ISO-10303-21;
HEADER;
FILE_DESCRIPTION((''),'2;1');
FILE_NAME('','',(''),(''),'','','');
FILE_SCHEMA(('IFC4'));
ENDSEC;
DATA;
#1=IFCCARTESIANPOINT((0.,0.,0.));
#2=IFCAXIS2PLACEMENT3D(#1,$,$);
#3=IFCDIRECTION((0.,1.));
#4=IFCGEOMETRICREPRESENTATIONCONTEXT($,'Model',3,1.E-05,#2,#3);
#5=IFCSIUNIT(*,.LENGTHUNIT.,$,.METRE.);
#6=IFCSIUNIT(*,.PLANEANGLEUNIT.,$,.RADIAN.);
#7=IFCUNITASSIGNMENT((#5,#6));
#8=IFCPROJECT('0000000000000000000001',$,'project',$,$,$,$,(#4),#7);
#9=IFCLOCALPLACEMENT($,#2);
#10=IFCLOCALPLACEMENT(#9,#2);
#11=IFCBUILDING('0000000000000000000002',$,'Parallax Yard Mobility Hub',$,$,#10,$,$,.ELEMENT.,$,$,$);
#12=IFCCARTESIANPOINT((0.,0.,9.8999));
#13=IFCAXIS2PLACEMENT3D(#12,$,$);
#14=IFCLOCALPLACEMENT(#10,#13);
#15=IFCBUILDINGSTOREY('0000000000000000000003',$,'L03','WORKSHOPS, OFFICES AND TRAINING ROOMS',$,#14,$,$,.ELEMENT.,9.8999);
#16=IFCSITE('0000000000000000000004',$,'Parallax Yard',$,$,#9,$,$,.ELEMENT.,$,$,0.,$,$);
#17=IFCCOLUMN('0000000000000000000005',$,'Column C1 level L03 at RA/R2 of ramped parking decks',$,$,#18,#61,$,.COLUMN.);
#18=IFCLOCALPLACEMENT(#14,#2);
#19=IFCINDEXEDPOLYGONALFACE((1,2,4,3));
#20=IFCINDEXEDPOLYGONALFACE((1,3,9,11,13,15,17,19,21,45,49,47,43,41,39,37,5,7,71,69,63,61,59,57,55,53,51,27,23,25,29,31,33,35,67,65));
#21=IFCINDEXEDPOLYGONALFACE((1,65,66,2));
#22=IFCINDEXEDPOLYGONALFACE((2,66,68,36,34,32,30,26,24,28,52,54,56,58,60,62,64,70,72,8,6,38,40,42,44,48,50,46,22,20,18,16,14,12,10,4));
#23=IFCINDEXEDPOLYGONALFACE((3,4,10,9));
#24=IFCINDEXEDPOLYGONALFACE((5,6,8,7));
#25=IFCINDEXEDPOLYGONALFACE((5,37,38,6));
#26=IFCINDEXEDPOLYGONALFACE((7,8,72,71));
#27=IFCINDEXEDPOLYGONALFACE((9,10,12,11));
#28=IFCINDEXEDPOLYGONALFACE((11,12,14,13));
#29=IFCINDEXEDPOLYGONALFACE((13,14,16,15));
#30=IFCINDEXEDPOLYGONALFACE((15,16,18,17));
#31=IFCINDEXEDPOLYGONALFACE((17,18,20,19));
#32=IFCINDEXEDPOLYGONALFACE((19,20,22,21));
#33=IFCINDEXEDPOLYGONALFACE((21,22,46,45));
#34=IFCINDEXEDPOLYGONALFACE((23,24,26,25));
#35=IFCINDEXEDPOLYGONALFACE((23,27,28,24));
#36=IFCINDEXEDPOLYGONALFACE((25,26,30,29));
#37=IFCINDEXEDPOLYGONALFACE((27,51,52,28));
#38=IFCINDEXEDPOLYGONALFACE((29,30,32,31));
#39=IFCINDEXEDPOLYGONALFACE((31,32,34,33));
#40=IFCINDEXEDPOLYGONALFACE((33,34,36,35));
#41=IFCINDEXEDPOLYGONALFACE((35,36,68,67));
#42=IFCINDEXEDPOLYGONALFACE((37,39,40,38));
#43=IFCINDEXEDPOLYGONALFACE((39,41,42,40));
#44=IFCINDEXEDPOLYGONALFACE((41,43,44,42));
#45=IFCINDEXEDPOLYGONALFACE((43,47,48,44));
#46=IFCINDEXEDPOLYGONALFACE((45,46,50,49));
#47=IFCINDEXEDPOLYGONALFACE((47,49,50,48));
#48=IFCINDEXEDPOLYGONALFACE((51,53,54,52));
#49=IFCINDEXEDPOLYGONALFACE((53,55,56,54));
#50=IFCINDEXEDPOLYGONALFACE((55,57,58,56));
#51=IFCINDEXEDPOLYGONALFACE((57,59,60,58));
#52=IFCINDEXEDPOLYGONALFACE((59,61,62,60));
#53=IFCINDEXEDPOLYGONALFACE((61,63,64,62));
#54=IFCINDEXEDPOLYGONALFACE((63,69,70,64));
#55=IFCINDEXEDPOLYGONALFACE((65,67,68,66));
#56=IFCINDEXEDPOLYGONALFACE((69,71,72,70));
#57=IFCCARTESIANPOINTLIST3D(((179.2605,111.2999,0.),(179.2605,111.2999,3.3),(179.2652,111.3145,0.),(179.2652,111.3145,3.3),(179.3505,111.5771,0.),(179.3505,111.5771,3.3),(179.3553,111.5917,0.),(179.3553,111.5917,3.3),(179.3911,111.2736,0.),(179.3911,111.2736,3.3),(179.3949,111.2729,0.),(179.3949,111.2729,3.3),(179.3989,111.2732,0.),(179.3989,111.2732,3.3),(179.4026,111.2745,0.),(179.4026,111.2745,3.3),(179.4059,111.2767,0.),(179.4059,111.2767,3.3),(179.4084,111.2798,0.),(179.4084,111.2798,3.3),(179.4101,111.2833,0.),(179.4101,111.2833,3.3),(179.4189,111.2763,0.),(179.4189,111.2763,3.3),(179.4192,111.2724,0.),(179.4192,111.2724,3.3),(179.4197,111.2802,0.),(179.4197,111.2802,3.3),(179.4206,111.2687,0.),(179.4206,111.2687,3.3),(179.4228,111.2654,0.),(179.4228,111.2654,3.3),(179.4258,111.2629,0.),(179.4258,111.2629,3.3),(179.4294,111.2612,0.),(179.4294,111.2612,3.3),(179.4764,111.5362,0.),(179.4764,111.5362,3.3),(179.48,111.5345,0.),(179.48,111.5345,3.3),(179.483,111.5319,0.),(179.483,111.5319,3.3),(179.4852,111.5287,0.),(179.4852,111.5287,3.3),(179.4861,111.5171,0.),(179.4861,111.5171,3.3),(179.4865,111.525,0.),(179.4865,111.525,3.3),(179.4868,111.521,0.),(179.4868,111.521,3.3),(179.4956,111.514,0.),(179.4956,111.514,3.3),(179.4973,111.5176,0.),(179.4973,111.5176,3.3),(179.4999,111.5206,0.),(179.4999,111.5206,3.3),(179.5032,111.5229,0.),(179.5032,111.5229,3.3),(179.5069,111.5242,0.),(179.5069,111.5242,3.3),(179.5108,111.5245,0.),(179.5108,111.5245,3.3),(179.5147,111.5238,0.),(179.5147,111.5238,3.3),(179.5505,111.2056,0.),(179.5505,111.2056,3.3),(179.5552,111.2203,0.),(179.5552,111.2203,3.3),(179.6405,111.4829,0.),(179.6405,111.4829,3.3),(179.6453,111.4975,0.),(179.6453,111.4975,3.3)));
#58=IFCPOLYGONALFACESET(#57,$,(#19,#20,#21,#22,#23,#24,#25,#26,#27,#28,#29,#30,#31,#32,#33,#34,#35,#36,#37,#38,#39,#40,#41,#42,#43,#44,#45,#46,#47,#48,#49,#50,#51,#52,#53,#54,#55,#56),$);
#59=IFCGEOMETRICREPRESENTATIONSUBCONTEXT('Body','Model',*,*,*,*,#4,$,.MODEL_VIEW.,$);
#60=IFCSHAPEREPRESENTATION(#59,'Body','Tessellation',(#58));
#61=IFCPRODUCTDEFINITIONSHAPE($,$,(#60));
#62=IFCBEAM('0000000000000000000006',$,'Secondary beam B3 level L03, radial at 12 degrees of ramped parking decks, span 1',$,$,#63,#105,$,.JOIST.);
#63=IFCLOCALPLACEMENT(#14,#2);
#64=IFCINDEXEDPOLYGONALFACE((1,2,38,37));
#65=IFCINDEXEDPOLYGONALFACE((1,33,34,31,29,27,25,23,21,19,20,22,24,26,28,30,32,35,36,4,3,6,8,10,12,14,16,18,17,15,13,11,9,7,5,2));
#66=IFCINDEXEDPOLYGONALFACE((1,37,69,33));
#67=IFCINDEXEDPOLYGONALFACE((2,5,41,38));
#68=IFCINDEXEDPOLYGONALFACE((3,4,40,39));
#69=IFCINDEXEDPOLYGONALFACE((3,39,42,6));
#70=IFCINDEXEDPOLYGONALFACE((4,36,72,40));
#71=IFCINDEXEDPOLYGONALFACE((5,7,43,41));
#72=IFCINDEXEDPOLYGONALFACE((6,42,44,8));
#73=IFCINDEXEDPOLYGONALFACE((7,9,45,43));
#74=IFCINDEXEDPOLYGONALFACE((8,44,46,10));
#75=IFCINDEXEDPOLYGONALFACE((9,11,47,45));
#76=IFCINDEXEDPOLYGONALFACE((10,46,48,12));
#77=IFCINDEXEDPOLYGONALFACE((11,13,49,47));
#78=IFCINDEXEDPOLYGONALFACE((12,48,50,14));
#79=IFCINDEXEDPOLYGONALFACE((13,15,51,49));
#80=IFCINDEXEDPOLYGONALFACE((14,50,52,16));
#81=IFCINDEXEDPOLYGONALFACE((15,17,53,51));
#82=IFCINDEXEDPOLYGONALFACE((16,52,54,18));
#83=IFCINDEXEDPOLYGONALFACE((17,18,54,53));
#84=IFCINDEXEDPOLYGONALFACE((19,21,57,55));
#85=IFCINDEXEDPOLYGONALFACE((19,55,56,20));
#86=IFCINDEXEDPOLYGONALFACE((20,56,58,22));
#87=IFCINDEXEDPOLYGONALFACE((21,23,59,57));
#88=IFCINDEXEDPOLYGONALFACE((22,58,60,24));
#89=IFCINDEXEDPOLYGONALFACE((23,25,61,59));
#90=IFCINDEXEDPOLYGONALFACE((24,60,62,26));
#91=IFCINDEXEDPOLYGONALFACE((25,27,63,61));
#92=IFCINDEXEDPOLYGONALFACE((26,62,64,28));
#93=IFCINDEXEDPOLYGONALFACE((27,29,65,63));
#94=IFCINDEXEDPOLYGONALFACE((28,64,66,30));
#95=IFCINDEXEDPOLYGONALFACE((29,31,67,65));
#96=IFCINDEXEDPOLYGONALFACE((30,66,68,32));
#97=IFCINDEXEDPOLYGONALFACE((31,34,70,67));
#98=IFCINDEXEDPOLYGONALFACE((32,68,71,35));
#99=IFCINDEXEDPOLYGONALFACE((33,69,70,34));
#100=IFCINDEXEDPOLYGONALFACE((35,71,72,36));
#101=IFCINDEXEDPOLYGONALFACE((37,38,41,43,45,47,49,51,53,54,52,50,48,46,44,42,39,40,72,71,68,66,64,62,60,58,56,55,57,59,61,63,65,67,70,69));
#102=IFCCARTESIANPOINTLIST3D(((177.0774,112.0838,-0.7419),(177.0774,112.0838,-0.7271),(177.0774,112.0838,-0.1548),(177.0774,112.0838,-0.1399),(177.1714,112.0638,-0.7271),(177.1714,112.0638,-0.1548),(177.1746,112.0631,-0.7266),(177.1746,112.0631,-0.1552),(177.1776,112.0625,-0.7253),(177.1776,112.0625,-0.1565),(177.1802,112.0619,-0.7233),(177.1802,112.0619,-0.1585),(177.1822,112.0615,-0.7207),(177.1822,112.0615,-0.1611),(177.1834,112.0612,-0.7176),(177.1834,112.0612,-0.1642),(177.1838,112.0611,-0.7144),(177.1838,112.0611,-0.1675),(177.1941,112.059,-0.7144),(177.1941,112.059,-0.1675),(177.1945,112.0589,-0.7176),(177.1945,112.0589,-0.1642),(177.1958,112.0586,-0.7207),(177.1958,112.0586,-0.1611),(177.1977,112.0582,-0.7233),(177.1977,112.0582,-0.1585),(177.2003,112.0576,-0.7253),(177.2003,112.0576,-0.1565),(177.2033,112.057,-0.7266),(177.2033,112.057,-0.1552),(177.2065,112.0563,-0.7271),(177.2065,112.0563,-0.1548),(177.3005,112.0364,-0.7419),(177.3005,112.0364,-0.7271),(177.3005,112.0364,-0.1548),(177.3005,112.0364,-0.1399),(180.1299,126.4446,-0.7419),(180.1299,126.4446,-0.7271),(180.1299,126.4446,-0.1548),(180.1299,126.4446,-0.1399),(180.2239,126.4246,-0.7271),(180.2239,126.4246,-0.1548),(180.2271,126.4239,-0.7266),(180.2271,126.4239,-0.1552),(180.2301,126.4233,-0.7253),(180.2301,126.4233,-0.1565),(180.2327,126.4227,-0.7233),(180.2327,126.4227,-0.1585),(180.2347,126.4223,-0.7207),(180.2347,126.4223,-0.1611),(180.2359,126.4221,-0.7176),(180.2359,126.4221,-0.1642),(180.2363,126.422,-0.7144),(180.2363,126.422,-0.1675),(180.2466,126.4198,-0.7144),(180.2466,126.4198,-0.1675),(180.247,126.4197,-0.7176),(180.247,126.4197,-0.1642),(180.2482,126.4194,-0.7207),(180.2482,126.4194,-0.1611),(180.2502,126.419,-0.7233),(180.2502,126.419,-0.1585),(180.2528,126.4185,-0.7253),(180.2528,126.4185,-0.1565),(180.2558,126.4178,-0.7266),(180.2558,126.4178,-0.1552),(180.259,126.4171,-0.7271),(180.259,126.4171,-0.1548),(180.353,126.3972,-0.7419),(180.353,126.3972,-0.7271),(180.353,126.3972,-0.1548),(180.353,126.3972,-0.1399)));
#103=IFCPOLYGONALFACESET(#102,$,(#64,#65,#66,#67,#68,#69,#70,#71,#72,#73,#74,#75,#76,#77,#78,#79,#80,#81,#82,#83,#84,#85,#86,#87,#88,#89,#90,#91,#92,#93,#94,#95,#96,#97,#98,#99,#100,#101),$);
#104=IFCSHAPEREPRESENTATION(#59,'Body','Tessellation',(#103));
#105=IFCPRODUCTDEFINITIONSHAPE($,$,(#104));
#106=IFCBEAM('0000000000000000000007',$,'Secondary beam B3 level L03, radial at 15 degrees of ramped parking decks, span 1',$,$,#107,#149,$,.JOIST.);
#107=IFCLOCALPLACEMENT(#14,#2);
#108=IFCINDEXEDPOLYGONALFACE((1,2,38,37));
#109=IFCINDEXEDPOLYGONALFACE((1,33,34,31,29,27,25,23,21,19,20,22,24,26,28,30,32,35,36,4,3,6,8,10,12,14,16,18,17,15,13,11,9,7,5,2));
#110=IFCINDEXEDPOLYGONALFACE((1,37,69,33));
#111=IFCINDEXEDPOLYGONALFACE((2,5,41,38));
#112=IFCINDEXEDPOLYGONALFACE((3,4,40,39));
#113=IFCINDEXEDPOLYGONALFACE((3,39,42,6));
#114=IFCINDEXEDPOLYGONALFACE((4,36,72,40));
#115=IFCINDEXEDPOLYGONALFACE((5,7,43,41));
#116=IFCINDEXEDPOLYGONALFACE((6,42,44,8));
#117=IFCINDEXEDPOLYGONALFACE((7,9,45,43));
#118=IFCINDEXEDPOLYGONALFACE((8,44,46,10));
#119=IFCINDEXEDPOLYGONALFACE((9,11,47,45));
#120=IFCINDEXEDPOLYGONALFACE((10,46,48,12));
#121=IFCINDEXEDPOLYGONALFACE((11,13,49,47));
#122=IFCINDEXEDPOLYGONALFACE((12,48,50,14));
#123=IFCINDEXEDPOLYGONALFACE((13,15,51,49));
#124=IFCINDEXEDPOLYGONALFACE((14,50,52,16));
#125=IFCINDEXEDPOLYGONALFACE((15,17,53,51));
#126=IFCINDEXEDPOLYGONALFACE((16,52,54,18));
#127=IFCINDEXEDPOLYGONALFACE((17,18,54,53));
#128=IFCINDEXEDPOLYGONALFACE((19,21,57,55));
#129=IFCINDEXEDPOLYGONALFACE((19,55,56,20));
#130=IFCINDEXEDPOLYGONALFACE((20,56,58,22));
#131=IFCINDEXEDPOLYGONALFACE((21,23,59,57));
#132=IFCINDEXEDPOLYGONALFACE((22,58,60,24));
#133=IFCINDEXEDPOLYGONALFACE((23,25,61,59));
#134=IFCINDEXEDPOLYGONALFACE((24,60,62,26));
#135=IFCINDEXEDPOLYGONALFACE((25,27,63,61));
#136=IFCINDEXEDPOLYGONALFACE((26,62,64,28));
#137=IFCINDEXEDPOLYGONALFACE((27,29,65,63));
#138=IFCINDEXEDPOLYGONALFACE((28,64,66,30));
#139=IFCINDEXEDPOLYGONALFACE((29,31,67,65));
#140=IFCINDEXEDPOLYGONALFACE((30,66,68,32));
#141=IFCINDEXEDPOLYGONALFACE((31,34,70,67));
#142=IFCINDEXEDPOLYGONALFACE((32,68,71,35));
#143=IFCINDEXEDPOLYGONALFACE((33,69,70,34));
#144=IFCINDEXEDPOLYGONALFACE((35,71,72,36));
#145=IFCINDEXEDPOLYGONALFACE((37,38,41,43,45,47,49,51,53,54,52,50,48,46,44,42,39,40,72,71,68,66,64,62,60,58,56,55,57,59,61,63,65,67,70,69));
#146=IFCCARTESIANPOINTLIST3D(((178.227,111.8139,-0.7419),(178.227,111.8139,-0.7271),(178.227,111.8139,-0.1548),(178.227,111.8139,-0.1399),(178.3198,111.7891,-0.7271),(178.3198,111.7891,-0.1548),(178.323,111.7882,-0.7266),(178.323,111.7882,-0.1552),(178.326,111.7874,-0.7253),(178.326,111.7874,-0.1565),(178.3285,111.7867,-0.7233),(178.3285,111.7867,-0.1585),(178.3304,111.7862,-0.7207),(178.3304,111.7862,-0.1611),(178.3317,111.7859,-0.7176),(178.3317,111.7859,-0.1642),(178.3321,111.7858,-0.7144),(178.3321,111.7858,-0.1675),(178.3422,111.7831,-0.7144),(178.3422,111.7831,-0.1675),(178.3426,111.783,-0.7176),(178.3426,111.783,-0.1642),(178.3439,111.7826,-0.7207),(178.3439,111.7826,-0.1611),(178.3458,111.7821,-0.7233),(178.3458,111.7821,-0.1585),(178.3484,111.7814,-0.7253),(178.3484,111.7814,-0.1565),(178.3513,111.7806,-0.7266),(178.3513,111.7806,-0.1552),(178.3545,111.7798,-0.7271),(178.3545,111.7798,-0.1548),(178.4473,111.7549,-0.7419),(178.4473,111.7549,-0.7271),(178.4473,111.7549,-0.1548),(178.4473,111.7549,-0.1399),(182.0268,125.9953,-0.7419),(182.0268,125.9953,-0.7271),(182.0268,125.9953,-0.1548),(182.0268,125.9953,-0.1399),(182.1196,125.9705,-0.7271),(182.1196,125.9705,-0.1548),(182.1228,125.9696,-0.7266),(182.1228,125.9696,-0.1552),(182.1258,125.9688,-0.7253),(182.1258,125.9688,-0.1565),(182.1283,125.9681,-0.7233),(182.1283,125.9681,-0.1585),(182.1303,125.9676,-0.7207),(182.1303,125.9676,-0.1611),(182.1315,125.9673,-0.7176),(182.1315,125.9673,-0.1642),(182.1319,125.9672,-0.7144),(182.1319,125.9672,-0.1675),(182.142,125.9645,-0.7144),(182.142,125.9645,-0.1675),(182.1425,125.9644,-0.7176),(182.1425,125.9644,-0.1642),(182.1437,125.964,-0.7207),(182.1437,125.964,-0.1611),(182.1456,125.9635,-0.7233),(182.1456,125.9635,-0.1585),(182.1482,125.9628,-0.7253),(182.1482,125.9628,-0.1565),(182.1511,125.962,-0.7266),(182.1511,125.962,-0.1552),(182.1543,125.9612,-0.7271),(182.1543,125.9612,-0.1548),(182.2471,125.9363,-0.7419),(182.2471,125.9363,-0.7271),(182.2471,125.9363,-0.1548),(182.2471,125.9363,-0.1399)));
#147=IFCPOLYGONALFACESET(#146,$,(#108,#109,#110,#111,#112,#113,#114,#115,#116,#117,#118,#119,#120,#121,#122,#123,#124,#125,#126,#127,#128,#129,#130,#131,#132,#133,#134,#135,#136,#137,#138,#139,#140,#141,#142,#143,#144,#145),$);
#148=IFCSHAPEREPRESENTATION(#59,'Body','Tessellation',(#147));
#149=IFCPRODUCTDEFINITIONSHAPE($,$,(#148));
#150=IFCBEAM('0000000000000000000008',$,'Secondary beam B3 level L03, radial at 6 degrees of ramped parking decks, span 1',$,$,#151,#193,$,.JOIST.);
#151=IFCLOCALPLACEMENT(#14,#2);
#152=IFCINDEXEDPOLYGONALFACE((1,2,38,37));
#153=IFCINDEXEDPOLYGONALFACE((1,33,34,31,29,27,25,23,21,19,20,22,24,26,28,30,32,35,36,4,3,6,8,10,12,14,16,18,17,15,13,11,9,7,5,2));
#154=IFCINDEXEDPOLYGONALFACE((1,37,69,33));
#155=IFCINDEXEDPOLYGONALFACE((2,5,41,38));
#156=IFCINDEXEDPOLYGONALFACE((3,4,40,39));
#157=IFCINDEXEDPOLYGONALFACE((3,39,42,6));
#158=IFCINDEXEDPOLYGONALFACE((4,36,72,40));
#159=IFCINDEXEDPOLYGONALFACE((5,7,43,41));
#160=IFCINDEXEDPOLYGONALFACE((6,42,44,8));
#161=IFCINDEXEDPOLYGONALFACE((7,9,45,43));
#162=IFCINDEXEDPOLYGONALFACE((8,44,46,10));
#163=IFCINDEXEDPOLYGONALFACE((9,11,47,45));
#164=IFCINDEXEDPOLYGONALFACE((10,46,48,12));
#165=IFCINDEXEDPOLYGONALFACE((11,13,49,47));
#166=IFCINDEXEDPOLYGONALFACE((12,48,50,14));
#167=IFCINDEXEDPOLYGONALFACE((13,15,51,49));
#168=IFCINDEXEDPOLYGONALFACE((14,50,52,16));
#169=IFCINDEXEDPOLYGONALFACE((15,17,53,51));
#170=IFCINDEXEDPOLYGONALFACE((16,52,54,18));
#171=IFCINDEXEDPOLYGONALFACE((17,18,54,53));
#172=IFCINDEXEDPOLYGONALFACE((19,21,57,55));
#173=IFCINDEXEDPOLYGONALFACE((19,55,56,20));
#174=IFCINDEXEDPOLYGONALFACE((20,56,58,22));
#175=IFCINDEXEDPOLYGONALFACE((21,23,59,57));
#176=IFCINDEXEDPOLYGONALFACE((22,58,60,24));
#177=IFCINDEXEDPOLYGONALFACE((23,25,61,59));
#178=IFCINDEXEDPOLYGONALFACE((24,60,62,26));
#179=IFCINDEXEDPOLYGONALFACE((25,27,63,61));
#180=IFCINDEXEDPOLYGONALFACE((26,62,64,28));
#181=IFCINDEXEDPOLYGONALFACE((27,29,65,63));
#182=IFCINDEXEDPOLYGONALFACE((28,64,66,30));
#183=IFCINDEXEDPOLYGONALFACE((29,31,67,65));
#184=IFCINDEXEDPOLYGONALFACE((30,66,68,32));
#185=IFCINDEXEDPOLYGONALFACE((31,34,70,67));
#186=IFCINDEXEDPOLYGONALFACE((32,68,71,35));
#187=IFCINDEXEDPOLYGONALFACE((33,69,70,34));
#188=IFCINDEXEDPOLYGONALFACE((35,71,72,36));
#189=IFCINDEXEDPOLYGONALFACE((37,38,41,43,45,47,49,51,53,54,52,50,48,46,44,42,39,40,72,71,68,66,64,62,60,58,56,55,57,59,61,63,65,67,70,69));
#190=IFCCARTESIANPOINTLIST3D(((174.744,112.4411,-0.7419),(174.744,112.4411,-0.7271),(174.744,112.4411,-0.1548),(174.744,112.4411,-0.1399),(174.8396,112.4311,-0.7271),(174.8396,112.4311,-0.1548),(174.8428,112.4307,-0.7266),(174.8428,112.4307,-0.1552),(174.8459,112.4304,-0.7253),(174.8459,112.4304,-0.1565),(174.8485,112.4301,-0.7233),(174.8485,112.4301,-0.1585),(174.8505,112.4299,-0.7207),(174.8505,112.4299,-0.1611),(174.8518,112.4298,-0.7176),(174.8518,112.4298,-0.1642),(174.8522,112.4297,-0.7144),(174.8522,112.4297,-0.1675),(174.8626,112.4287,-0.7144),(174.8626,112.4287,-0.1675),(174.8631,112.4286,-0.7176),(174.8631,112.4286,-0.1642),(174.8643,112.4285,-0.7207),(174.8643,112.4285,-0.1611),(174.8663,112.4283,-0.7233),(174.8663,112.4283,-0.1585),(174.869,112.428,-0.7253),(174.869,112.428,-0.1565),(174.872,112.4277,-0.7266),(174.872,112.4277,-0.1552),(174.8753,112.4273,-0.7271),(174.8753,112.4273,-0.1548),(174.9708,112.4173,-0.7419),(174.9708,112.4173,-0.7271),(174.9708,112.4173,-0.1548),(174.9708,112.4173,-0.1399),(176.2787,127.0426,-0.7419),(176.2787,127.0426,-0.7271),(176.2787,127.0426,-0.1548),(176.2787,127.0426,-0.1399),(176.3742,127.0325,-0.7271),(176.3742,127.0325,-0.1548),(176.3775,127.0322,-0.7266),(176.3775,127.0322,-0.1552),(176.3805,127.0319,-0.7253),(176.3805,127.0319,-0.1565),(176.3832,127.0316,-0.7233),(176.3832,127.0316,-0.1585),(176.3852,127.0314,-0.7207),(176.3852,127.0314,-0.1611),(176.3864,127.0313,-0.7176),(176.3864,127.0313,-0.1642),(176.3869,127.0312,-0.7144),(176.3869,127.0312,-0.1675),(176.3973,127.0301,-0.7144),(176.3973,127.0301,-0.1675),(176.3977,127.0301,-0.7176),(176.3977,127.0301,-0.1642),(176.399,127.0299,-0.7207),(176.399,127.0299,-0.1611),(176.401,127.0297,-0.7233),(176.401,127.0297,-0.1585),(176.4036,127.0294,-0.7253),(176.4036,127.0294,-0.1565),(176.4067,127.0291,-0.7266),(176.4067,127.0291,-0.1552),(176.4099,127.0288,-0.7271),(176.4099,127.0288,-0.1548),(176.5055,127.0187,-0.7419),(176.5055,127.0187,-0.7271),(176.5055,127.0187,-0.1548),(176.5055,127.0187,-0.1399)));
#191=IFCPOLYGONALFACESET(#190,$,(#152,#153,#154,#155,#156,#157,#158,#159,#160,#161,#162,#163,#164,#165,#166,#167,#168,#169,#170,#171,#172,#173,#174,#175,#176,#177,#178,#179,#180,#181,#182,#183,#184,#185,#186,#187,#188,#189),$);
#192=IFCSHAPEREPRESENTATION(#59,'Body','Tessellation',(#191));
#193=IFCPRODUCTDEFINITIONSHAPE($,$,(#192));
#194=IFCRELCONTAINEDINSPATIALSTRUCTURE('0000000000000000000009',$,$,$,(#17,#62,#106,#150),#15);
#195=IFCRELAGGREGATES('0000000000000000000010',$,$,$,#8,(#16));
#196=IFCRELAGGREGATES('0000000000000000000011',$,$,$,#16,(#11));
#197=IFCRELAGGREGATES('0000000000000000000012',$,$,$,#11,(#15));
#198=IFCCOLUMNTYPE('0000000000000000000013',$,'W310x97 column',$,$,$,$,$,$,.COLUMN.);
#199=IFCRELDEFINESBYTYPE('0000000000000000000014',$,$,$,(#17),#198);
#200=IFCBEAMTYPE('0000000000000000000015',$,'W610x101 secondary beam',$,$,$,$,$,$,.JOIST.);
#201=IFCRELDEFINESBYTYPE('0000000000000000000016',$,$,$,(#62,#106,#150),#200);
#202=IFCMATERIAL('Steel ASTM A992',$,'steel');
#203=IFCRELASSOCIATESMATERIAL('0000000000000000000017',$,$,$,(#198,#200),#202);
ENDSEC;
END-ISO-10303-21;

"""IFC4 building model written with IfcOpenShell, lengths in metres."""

from ifc_helpers import new_model, si_unit, direction, frame, origin, origin_2d, place, context, subcontext, project, spatial, i_section, extrude, material, material_profile, profile_set, type_object, element, save


model = new_model("IFC4")

# Units and contexts
model_context = context("Model", 3, precision=1e-05, world=origin(), true_north=direction((0.0, 1.0)))
body_context = subcontext(model_context, "Body", "Model", "MODEL_VIEW")
ifc_project = project(units=[si_unit("LENGTHUNIT", "METRE"), si_unit("PLANEANGLEUNIT", "RADIAN")], contexts=[model_context])

# Site, building, storey
site_placement = place(None, origin())
site = spatial("IfcSite", under=ifc_project, at=site_placement, Name="Parallax Yard", CompositionType="ELEMENT", RefElevation=0.0)
building_placement = place(site_placement, origin())
building = spatial("IfcBuilding", under=site, at=building_placement, Name="Parallax Yard Mobility Hub", CompositionType="ELEMENT")
storey_placement = place(building_placement, frame((0.0, 0.0, 9.8999)))
storey = spatial("IfcBuildingStorey", under=building, at=storey_placement, Name="L03", Description="WORKSHOPS, OFFICES AND TRAINING ROOMS", CompositionType="ELEMENT", Elevation=9.8999)

# Column
ifc_material_1 = material(Name="Steel ASTM A992", Category="steel")
ifc_material_profile_1 = material_profile(ifc_material_1, i_section(OverallWidth=0.3049, OverallDepth=0.3069, WebThickness=0.01, FlangeThickness=0.0154, FilletRadius=0.0151, at=origin_2d()), Name="W310x97")
ifc_profile_set_1 = profile_set([ifc_material_profile_1], Name="Steel ASTM A992")
column_type = type_object("IfcColumnType", Name="W310x97 column", PredefinedType="COLUMN", material=ifc_profile_set_1)
column_placement = place(storey_placement, frame((179.4529, 111.3987, 0.0), z_axis=(0.0, 0.0, 1.0), x_axis=(-0.951057, 0.309017, 0.0)))
element("IfcColumn", 1, at=column_placement, inside=storey, type_object=column_type, Name="Column C1 level L03 at RA/R2 of ramped parking decks", PredefinedType="COLUMN", context=body_context, shape_type="SweptSolid", body=[
    extrude(i_section(OverallWidth=0.3049, OverallDepth=0.3069, WebThickness=0.01, FlangeThickness=0.0154, FilletRadius=0.0151, at=origin_2d()), origin(), (0.0, 0.0, 1.0), 3.3),
])

# Beams
ifc_material_profile_2 = material_profile(ifc_material_1, i_section(OverallWidth=0.228, OverallDepth=0.6021, WebThickness=0.0105, FlangeThickness=0.0149, FilletRadius=0.0127, at=origin_2d()), Name="W610x101")
ifc_profile_set_2 = profile_set([ifc_material_profile_2], Name="Steel ASTM A992")
beam_type_1 = type_object("IfcBeamType", Name="W610x101 secondary beam", PredefinedType="JOIST", material=ifc_profile_set_2)
for number, where, z_axis, x_axis, name in (
    (2, (177.189, 112.0601, -0.4409), (0.207912, 0.978148, 0.0), (-0.978148, 0.207912, 0.0), "Secondary beam B3 level L03, radial at 12 degrees of ramped parking decks, span 1"),
    (3, (178.3372, 111.7844, -0.4409), (0.258813, 0.965927, 0.0), (-0.965927, 0.258813, 0.0), "Secondary beam B3 level L03, radial at 15 degrees of ramped parking decks, span 1"),
):
    element("IfcBeam", number, at=place(storey_placement, frame(where, z_axis=z_axis, x_axis=x_axis)), inside=storey, type_object=beam_type_1, Name=name, PredefinedType="JOIST", context=body_context, shape_type="SweptSolid", body=[
        extrude(i_section(OverallWidth=0.228, OverallDepth=0.6021, WebThickness=0.0105, FlangeThickness=0.0149, FilletRadius=0.0127, at=origin_2d()), origin(), (0.0, 0.0, 1.0), 14.6816),
    ])
beam_1_placement = place(storey_placement, frame((174.8574, 112.4292, -0.4409), z_axis=(0.104527, 0.994522, 0.0), x_axis=(-0.994522, 0.104527, 0.0)))
element("IfcBeam", 4, at=beam_1_placement, inside=storey, type_object=beam_type_1, Name="Secondary beam B3 level L03, radial at 6 degrees of ramped parking decks, span 1", PredefinedType="JOIST", context=body_context, shape_type="SweptSolid", body=[
    extrude(i_section(OverallWidth=0.228, OverallDepth=0.6021, WebThickness=0.0105, FlangeThickness=0.0149, FilletRadius=0.0127, at=origin_2d()), origin(), (0.0, 0.0, 1.0), 14.6819),
])

save(model, "model.ifc")
